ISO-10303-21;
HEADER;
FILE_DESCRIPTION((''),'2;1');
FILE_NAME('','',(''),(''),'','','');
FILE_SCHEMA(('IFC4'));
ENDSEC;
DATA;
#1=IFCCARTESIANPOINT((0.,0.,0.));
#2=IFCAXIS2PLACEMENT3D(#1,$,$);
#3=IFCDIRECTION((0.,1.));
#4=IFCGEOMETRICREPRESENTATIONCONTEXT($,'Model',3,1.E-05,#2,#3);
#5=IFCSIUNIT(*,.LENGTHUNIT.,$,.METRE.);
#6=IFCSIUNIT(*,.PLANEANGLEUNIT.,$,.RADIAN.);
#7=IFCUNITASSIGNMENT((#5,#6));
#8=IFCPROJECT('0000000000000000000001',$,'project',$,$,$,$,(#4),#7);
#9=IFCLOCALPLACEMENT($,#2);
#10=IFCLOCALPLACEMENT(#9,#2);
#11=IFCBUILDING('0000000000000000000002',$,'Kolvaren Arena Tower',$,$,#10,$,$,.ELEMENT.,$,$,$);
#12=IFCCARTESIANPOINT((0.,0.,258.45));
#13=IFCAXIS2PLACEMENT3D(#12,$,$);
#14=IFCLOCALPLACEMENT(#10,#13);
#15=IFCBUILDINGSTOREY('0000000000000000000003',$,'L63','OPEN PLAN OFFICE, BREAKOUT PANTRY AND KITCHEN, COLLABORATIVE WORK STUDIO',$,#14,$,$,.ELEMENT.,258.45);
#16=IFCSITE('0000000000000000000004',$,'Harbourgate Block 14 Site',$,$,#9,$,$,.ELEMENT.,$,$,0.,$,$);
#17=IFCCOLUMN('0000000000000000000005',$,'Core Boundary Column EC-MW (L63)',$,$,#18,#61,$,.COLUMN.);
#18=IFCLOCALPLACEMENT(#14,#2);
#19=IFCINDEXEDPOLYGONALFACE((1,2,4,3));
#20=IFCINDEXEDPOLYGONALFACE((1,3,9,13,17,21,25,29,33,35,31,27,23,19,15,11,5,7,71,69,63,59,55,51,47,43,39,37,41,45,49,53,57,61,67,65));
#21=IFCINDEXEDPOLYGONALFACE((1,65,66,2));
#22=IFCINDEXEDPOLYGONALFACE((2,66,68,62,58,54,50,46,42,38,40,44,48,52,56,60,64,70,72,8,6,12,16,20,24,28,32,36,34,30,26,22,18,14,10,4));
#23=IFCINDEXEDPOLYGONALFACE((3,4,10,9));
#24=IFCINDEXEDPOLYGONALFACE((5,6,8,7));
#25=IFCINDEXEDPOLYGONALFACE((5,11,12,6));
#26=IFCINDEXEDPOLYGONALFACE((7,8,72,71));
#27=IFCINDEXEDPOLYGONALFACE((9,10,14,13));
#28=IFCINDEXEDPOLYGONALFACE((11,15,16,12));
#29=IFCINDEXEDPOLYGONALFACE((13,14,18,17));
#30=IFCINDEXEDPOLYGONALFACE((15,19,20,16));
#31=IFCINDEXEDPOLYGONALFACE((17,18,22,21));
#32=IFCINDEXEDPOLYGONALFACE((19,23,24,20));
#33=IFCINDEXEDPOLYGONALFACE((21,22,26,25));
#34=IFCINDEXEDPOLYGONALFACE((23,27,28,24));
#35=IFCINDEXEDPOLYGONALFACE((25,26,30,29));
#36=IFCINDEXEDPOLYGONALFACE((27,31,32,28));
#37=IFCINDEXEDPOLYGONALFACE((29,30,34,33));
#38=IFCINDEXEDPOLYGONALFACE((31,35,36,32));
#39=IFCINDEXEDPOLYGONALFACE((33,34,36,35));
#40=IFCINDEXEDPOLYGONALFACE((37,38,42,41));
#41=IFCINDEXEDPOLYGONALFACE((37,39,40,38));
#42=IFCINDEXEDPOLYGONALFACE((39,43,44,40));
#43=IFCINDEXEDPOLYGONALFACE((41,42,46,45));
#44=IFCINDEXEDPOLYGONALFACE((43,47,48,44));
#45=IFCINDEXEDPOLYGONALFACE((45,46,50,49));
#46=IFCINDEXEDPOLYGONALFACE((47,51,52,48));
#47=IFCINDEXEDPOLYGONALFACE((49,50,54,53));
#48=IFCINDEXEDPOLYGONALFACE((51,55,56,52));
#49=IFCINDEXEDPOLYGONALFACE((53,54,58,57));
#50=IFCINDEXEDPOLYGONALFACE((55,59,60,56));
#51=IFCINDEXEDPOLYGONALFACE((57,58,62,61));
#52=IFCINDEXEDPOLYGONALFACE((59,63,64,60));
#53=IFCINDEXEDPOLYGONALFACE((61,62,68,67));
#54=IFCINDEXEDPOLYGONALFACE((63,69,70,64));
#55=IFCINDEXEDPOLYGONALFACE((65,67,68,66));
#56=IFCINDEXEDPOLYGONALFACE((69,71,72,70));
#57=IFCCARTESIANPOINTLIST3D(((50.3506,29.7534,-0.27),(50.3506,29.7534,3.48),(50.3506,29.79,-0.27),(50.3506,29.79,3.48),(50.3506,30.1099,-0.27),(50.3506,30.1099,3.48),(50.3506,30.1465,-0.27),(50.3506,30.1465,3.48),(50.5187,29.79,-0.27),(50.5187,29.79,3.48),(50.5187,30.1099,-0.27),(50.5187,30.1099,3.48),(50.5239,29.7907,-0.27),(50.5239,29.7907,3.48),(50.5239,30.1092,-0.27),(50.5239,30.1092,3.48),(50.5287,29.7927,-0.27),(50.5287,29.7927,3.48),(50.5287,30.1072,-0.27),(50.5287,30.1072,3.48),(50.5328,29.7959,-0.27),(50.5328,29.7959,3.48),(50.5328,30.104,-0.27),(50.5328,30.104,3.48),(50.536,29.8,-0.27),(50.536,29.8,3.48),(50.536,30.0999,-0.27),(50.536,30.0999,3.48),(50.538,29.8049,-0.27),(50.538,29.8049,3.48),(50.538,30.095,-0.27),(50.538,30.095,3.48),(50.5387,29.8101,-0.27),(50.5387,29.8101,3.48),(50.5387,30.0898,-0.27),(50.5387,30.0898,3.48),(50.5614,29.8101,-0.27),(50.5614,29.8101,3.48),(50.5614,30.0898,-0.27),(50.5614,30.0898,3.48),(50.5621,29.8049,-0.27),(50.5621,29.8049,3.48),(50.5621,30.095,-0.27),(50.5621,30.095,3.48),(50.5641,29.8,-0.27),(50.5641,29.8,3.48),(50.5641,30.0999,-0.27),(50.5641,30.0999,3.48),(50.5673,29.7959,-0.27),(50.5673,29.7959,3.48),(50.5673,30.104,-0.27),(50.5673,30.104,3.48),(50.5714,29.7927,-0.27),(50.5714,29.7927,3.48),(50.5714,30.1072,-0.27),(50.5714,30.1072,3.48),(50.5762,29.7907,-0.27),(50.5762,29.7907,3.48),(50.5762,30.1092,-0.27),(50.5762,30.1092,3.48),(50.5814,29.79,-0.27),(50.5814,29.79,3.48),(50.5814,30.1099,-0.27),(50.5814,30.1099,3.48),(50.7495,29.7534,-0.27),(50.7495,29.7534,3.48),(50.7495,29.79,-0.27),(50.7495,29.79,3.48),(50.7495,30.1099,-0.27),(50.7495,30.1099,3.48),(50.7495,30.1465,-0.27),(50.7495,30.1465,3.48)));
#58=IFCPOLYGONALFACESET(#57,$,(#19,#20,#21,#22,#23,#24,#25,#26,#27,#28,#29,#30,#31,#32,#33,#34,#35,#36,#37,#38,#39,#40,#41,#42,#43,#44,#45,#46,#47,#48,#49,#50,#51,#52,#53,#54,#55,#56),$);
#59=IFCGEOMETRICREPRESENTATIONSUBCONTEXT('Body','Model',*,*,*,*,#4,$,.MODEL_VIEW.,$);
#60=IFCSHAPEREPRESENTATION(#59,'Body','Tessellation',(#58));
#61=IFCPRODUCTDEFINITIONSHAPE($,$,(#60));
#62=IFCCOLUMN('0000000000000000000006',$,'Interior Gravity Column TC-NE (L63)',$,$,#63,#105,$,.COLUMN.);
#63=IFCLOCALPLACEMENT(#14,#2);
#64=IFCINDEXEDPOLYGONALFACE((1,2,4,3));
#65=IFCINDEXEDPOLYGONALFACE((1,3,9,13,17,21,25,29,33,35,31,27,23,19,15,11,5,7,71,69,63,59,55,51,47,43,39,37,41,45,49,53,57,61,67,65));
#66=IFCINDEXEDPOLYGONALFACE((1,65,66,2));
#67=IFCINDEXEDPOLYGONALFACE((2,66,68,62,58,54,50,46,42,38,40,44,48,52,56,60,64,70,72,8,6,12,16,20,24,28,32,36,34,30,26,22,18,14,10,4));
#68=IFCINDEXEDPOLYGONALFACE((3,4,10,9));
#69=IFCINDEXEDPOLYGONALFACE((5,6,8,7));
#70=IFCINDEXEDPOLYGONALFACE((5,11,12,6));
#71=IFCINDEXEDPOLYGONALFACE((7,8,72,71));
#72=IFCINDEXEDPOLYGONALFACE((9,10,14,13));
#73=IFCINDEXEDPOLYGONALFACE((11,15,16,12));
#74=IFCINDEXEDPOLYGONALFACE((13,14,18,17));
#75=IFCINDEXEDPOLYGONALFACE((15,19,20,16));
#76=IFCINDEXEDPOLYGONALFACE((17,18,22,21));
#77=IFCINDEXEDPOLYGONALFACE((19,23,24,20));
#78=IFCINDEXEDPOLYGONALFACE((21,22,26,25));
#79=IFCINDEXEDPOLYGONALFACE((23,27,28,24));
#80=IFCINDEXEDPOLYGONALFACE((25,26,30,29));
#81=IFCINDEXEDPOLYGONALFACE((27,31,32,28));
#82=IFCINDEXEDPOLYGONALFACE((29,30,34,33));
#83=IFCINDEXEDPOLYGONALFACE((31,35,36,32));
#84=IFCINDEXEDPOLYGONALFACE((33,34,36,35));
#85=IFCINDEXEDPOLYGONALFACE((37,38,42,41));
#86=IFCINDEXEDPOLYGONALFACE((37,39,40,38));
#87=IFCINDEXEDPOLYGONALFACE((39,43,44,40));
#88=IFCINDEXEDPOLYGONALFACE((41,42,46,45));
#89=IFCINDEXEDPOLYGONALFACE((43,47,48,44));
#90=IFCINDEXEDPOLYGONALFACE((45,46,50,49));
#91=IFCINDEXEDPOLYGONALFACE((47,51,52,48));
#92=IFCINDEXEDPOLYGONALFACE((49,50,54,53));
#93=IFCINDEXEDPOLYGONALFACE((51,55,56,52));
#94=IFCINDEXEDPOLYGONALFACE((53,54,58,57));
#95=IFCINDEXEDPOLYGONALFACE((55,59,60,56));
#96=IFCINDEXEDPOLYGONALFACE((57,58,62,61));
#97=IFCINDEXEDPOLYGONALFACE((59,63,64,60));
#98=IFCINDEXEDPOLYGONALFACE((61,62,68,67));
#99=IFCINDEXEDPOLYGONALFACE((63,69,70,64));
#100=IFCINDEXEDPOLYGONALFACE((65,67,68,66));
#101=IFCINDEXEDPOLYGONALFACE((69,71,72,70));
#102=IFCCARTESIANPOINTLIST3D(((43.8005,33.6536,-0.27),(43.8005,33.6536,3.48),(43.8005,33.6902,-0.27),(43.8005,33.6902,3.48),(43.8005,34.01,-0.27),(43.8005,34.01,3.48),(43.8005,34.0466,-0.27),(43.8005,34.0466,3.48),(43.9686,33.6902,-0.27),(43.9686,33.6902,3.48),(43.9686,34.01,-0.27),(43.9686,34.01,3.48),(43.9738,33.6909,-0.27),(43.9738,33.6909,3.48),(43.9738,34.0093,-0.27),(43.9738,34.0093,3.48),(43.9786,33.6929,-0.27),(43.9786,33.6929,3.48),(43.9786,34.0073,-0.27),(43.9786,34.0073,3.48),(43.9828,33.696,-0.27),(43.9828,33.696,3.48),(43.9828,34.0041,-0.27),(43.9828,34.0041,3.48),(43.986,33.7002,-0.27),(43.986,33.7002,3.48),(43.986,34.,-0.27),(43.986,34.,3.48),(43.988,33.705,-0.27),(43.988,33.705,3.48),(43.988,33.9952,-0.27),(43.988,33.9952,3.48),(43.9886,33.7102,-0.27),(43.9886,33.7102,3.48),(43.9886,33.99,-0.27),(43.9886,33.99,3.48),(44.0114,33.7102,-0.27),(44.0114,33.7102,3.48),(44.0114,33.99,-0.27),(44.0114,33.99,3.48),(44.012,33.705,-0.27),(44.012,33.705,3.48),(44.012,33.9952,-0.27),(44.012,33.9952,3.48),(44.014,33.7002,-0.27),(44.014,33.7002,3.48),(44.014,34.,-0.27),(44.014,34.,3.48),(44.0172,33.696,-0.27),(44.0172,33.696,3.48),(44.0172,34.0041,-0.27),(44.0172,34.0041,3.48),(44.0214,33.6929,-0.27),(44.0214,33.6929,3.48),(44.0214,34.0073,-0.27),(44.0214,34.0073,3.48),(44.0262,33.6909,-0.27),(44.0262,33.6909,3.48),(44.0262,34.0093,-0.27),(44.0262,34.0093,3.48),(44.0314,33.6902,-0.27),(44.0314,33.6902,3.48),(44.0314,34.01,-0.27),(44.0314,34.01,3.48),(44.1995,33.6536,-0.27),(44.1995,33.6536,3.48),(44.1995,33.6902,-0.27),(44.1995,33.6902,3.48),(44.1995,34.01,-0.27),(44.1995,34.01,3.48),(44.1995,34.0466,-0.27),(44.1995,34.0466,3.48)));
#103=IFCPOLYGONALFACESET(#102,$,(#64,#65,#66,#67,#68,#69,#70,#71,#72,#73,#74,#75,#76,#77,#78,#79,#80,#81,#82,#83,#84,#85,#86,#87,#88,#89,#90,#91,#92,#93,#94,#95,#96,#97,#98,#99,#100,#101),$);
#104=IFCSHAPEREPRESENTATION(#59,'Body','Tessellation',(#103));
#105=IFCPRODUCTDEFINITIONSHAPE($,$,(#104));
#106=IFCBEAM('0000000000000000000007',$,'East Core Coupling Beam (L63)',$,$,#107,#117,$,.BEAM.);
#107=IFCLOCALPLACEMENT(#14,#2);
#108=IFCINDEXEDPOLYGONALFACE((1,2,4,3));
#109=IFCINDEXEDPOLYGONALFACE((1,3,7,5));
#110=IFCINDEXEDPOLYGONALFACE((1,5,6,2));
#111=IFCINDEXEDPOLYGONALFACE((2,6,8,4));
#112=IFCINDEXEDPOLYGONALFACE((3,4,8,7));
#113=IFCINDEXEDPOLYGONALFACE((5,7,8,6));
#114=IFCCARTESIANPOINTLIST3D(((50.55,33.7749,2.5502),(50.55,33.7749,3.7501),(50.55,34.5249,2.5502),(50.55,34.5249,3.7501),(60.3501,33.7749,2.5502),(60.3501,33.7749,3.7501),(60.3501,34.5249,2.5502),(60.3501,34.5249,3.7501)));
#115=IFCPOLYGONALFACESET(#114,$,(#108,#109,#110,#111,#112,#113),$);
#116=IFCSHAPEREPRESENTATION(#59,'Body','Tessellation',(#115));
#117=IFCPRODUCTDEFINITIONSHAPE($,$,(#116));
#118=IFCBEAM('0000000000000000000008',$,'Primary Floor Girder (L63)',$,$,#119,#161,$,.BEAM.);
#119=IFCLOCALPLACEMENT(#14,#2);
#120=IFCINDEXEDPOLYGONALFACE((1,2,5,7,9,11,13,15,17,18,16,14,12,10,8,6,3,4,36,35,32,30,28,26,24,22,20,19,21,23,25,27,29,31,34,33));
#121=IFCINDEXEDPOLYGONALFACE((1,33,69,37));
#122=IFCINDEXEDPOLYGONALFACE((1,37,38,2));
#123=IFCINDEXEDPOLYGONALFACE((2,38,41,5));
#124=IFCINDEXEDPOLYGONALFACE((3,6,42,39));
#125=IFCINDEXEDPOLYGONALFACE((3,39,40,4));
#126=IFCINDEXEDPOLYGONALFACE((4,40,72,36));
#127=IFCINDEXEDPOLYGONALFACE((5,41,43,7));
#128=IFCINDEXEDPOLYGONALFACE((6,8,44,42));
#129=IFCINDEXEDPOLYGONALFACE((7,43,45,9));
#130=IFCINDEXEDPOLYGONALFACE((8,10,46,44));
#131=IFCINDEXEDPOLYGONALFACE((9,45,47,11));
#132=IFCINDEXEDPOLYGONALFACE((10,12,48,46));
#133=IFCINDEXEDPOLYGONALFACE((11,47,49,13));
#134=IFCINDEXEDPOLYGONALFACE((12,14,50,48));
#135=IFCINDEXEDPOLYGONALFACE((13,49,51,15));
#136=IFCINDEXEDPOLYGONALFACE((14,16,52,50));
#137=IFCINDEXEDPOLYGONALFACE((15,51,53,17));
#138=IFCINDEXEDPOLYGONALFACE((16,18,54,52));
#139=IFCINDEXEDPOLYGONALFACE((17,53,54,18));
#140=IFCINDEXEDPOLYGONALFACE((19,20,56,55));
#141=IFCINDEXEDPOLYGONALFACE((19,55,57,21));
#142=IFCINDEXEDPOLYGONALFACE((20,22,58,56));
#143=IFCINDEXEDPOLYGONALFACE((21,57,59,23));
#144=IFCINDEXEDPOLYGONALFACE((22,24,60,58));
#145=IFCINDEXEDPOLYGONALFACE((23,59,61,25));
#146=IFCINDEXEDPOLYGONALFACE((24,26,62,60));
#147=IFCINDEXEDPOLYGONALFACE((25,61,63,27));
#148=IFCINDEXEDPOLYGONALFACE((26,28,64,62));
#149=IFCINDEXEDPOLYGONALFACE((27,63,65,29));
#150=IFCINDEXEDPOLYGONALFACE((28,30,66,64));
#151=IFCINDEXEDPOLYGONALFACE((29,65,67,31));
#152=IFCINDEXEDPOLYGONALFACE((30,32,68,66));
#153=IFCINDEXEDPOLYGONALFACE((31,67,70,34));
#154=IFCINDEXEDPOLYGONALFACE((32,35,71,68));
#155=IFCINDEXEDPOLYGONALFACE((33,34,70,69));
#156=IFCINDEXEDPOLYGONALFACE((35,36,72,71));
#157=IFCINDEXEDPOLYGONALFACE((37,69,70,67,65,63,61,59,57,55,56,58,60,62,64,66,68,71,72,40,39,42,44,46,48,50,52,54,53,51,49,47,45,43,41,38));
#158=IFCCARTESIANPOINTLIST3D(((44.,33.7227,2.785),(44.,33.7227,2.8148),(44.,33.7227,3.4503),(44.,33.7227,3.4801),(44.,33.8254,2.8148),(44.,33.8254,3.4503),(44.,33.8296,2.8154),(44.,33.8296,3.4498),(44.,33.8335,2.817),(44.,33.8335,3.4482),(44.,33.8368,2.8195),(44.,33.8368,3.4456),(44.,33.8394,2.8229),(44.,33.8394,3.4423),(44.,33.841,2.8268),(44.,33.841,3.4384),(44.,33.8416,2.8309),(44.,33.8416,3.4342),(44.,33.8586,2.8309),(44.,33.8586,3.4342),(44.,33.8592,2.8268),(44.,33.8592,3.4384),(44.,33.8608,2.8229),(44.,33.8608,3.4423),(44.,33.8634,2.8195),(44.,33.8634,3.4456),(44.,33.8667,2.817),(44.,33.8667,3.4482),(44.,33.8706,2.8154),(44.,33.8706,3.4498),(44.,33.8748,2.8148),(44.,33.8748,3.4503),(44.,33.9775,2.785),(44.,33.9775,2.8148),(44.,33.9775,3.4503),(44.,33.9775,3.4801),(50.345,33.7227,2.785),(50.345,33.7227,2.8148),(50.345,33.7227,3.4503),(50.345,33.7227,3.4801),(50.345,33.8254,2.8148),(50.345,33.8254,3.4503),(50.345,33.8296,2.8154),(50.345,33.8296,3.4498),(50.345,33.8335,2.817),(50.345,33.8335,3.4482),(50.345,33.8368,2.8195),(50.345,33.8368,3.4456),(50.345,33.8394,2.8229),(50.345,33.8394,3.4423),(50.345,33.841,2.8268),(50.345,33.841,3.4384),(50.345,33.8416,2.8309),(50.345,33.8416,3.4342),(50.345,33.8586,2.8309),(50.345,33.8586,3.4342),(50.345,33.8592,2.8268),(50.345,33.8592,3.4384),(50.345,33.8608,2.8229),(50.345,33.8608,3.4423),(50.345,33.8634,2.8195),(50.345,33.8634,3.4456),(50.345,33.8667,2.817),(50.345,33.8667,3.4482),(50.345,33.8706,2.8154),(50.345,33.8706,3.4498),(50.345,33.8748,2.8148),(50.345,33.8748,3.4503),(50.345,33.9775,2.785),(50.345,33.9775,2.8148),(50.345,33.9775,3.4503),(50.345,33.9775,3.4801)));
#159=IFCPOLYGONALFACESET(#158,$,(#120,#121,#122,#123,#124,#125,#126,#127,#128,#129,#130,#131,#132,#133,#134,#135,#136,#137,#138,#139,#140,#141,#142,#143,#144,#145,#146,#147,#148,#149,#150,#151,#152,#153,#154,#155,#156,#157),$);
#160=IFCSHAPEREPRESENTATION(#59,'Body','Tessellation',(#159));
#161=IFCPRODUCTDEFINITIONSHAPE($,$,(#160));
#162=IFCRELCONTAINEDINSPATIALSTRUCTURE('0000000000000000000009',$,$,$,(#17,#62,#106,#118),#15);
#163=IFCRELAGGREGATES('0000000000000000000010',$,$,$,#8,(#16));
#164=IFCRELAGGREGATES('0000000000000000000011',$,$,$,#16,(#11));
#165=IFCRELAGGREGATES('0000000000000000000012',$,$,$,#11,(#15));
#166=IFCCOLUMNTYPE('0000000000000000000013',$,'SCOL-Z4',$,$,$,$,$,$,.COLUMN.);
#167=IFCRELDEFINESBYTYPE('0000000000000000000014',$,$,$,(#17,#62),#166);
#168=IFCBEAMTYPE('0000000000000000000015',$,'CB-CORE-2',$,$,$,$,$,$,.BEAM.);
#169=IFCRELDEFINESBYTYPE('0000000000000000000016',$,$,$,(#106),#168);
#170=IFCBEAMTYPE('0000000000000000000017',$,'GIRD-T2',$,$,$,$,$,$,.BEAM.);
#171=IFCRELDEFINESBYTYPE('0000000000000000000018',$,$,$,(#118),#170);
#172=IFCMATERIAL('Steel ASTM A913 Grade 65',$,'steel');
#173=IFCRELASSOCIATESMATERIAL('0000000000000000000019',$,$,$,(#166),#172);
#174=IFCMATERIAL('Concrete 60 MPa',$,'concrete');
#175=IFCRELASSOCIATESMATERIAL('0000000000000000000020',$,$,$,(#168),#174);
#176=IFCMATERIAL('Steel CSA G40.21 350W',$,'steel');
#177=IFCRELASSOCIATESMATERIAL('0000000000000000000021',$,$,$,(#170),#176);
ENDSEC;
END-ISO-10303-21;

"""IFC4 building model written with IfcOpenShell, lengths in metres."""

from ifc_helpers import new_model, si_unit, direction, frame, origin, origin_2d, place, context, subcontext, project, spatial, rectangle, i_section, extrude, material, material_profile, profile_set, type_object, element, save


model = new_model("IFC4")

# Units and contexts
model_context = context("Model", 3, precision=1e-05, world=origin(), true_north=direction((0.0, 1.0)))
body_context = subcontext(model_context, "Body", "Model", "MODEL_VIEW")
ifc_project = project(units=[si_unit("LENGTHUNIT", "METRE"), si_unit("PLANEANGLEUNIT", "RADIAN")], contexts=[model_context])

# Site, building, storey
site_placement = place(None, origin())
site = spatial("IfcSite", under=ifc_project, at=site_placement, Name="Harbourgate Block 14 Site", CompositionType="ELEMENT", RefElevation=0.0)
building_placement = place(site_placement, origin())
building = spatial("IfcBuilding", under=site, at=building_placement, Name="Kolvaren Arena Tower", CompositionType="ELEMENT")
storey_placement = place(building_placement, frame((0.0, 0.0, 258.45)))
storey = spatial("IfcBuildingStorey", under=building, at=storey_placement, Name="L63", Description="OPEN PLAN OFFICE, BREAKOUT PANTRY AND KITCHEN, COLLABORATIVE WORK STUDIO", CompositionType="ELEMENT", Elevation=258.45)

# Columns
ifc_material_1 = material(Name="Steel ASTM A913 Grade 65", Category="steel")
ifc_material_profile_1 = material_profile(ifc_material_1, i_section(OverallWidth=0.3989, OverallDepth=0.3931, WebThickness=0.0227, FlangeThickness=0.0366, FilletRadius=0.02, at=origin_2d()), Name="W360x287")
ifc_profile_set_1 = profile_set([ifc_material_profile_1], Name="Steel ASTM A913 Grade 65")
column_type = type_object("IfcColumnType", Name="SCOL-Z4", PredefinedType="COLUMN", material=ifc_profile_set_1)
for number, where, z_axis, x_axis, name in (
    (1, (50.55, 29.95, -0.27), (0.0, 0.0, 1.0), (1.0, 0.0, 0.0), "Core Boundary Column EC-MW (L63)"),
    (2, (44.0, 33.8501, -0.27), (0.0, 0.0, 1.0), (1.0, 0.0, 0.0), "Interior Gravity Column TC-NE (L63)"),
):
    element("IfcColumn", number, at=place(storey_placement, frame(where, z_axis=z_axis, x_axis=x_axis)), inside=storey, type_object=column_type, Name=name, PredefinedType="COLUMN", context=body_context, shape_type="SweptSolid", body=[
        extrude(i_section(OverallWidth=0.3989, OverallDepth=0.3931, WebThickness=0.0227, FlangeThickness=0.0366, FilletRadius=0.02, at=origin_2d()), origin(), (0.0, 0.0, 1.0), 3.75),
    ])

# Beams
ifc_material_2 = material(Name="Concrete 60 MPa", Category="concrete")
ifc_material_profile_2 = material_profile(ifc_material_2, rectangle(XDim=0.75, YDim=1.2, at=origin_2d()), Name="RC-750x1200")
ifc_profile_set_2 = profile_set([ifc_material_profile_2], Name="Concrete 60 MPa")
beam_type_1 = type_object("IfcBeamType", Name="CB-CORE-2", PredefinedType="BEAM", material=ifc_profile_set_2)
beam_1_placement = place(storey_placement, frame((50.55, 34.1499, 3.1501), z_axis=(1.0, 0.0, 0.0), x_axis=(0.0, 1.0, 0.0)))
element("IfcBeam", 3, at=beam_1_placement, inside=storey, type_object=beam_type_1, Name="East Core Coupling Beam (L63)", PredefinedType="BEAM", context=body_context, shape_type="SweptSolid", body=[
    extrude(rectangle(XDim=0.75, YDim=1.2, at=origin_2d()), origin(), (0.0, 0.0, 1.0), 9.8),
])
ifc_material_3 = material(Name="Steel CSA G40.21 350W", Category="steel")
ifc_material_profile_3 = material_profile(ifc_material_3, i_section(OverallWidth=0.2549, OverallDepth=0.6951, WebThickness=0.0171, FlangeThickness=0.0298, FilletRadius=0.0161, at=origin_2d()), Name="W690x217")
ifc_profile_set_3 = profile_set([ifc_material_profile_3], Name="Steel CSA G40.21 350W")
beam_type_2 = type_object("IfcBeamType", Name="GIRD-T2", PredefinedType="BEAM", material=ifc_profile_set_3)
beam_2_placement = place(storey_placement, frame((44.0, 33.8501, 3.1326), z_axis=(1.0, 0.0, 0.0), x_axis=(0.0, 1.0, 0.0)))
element("IfcBeam", 4, at=beam_2_placement, inside=storey, type_object=beam_type_2, Name="Primary Floor Girder (L63)", PredefinedType="BEAM", context=body_context, shape_type="SweptSolid", body=[
    extrude(i_section(OverallWidth=0.2549, OverallDepth=0.6951, WebThickness=0.0171, FlangeThickness=0.0298, FilletRadius=0.0161, at=origin_2d()), origin(), (0.0, 0.0, 1.0), 6.345),
])

save(model, "model.ifc")
